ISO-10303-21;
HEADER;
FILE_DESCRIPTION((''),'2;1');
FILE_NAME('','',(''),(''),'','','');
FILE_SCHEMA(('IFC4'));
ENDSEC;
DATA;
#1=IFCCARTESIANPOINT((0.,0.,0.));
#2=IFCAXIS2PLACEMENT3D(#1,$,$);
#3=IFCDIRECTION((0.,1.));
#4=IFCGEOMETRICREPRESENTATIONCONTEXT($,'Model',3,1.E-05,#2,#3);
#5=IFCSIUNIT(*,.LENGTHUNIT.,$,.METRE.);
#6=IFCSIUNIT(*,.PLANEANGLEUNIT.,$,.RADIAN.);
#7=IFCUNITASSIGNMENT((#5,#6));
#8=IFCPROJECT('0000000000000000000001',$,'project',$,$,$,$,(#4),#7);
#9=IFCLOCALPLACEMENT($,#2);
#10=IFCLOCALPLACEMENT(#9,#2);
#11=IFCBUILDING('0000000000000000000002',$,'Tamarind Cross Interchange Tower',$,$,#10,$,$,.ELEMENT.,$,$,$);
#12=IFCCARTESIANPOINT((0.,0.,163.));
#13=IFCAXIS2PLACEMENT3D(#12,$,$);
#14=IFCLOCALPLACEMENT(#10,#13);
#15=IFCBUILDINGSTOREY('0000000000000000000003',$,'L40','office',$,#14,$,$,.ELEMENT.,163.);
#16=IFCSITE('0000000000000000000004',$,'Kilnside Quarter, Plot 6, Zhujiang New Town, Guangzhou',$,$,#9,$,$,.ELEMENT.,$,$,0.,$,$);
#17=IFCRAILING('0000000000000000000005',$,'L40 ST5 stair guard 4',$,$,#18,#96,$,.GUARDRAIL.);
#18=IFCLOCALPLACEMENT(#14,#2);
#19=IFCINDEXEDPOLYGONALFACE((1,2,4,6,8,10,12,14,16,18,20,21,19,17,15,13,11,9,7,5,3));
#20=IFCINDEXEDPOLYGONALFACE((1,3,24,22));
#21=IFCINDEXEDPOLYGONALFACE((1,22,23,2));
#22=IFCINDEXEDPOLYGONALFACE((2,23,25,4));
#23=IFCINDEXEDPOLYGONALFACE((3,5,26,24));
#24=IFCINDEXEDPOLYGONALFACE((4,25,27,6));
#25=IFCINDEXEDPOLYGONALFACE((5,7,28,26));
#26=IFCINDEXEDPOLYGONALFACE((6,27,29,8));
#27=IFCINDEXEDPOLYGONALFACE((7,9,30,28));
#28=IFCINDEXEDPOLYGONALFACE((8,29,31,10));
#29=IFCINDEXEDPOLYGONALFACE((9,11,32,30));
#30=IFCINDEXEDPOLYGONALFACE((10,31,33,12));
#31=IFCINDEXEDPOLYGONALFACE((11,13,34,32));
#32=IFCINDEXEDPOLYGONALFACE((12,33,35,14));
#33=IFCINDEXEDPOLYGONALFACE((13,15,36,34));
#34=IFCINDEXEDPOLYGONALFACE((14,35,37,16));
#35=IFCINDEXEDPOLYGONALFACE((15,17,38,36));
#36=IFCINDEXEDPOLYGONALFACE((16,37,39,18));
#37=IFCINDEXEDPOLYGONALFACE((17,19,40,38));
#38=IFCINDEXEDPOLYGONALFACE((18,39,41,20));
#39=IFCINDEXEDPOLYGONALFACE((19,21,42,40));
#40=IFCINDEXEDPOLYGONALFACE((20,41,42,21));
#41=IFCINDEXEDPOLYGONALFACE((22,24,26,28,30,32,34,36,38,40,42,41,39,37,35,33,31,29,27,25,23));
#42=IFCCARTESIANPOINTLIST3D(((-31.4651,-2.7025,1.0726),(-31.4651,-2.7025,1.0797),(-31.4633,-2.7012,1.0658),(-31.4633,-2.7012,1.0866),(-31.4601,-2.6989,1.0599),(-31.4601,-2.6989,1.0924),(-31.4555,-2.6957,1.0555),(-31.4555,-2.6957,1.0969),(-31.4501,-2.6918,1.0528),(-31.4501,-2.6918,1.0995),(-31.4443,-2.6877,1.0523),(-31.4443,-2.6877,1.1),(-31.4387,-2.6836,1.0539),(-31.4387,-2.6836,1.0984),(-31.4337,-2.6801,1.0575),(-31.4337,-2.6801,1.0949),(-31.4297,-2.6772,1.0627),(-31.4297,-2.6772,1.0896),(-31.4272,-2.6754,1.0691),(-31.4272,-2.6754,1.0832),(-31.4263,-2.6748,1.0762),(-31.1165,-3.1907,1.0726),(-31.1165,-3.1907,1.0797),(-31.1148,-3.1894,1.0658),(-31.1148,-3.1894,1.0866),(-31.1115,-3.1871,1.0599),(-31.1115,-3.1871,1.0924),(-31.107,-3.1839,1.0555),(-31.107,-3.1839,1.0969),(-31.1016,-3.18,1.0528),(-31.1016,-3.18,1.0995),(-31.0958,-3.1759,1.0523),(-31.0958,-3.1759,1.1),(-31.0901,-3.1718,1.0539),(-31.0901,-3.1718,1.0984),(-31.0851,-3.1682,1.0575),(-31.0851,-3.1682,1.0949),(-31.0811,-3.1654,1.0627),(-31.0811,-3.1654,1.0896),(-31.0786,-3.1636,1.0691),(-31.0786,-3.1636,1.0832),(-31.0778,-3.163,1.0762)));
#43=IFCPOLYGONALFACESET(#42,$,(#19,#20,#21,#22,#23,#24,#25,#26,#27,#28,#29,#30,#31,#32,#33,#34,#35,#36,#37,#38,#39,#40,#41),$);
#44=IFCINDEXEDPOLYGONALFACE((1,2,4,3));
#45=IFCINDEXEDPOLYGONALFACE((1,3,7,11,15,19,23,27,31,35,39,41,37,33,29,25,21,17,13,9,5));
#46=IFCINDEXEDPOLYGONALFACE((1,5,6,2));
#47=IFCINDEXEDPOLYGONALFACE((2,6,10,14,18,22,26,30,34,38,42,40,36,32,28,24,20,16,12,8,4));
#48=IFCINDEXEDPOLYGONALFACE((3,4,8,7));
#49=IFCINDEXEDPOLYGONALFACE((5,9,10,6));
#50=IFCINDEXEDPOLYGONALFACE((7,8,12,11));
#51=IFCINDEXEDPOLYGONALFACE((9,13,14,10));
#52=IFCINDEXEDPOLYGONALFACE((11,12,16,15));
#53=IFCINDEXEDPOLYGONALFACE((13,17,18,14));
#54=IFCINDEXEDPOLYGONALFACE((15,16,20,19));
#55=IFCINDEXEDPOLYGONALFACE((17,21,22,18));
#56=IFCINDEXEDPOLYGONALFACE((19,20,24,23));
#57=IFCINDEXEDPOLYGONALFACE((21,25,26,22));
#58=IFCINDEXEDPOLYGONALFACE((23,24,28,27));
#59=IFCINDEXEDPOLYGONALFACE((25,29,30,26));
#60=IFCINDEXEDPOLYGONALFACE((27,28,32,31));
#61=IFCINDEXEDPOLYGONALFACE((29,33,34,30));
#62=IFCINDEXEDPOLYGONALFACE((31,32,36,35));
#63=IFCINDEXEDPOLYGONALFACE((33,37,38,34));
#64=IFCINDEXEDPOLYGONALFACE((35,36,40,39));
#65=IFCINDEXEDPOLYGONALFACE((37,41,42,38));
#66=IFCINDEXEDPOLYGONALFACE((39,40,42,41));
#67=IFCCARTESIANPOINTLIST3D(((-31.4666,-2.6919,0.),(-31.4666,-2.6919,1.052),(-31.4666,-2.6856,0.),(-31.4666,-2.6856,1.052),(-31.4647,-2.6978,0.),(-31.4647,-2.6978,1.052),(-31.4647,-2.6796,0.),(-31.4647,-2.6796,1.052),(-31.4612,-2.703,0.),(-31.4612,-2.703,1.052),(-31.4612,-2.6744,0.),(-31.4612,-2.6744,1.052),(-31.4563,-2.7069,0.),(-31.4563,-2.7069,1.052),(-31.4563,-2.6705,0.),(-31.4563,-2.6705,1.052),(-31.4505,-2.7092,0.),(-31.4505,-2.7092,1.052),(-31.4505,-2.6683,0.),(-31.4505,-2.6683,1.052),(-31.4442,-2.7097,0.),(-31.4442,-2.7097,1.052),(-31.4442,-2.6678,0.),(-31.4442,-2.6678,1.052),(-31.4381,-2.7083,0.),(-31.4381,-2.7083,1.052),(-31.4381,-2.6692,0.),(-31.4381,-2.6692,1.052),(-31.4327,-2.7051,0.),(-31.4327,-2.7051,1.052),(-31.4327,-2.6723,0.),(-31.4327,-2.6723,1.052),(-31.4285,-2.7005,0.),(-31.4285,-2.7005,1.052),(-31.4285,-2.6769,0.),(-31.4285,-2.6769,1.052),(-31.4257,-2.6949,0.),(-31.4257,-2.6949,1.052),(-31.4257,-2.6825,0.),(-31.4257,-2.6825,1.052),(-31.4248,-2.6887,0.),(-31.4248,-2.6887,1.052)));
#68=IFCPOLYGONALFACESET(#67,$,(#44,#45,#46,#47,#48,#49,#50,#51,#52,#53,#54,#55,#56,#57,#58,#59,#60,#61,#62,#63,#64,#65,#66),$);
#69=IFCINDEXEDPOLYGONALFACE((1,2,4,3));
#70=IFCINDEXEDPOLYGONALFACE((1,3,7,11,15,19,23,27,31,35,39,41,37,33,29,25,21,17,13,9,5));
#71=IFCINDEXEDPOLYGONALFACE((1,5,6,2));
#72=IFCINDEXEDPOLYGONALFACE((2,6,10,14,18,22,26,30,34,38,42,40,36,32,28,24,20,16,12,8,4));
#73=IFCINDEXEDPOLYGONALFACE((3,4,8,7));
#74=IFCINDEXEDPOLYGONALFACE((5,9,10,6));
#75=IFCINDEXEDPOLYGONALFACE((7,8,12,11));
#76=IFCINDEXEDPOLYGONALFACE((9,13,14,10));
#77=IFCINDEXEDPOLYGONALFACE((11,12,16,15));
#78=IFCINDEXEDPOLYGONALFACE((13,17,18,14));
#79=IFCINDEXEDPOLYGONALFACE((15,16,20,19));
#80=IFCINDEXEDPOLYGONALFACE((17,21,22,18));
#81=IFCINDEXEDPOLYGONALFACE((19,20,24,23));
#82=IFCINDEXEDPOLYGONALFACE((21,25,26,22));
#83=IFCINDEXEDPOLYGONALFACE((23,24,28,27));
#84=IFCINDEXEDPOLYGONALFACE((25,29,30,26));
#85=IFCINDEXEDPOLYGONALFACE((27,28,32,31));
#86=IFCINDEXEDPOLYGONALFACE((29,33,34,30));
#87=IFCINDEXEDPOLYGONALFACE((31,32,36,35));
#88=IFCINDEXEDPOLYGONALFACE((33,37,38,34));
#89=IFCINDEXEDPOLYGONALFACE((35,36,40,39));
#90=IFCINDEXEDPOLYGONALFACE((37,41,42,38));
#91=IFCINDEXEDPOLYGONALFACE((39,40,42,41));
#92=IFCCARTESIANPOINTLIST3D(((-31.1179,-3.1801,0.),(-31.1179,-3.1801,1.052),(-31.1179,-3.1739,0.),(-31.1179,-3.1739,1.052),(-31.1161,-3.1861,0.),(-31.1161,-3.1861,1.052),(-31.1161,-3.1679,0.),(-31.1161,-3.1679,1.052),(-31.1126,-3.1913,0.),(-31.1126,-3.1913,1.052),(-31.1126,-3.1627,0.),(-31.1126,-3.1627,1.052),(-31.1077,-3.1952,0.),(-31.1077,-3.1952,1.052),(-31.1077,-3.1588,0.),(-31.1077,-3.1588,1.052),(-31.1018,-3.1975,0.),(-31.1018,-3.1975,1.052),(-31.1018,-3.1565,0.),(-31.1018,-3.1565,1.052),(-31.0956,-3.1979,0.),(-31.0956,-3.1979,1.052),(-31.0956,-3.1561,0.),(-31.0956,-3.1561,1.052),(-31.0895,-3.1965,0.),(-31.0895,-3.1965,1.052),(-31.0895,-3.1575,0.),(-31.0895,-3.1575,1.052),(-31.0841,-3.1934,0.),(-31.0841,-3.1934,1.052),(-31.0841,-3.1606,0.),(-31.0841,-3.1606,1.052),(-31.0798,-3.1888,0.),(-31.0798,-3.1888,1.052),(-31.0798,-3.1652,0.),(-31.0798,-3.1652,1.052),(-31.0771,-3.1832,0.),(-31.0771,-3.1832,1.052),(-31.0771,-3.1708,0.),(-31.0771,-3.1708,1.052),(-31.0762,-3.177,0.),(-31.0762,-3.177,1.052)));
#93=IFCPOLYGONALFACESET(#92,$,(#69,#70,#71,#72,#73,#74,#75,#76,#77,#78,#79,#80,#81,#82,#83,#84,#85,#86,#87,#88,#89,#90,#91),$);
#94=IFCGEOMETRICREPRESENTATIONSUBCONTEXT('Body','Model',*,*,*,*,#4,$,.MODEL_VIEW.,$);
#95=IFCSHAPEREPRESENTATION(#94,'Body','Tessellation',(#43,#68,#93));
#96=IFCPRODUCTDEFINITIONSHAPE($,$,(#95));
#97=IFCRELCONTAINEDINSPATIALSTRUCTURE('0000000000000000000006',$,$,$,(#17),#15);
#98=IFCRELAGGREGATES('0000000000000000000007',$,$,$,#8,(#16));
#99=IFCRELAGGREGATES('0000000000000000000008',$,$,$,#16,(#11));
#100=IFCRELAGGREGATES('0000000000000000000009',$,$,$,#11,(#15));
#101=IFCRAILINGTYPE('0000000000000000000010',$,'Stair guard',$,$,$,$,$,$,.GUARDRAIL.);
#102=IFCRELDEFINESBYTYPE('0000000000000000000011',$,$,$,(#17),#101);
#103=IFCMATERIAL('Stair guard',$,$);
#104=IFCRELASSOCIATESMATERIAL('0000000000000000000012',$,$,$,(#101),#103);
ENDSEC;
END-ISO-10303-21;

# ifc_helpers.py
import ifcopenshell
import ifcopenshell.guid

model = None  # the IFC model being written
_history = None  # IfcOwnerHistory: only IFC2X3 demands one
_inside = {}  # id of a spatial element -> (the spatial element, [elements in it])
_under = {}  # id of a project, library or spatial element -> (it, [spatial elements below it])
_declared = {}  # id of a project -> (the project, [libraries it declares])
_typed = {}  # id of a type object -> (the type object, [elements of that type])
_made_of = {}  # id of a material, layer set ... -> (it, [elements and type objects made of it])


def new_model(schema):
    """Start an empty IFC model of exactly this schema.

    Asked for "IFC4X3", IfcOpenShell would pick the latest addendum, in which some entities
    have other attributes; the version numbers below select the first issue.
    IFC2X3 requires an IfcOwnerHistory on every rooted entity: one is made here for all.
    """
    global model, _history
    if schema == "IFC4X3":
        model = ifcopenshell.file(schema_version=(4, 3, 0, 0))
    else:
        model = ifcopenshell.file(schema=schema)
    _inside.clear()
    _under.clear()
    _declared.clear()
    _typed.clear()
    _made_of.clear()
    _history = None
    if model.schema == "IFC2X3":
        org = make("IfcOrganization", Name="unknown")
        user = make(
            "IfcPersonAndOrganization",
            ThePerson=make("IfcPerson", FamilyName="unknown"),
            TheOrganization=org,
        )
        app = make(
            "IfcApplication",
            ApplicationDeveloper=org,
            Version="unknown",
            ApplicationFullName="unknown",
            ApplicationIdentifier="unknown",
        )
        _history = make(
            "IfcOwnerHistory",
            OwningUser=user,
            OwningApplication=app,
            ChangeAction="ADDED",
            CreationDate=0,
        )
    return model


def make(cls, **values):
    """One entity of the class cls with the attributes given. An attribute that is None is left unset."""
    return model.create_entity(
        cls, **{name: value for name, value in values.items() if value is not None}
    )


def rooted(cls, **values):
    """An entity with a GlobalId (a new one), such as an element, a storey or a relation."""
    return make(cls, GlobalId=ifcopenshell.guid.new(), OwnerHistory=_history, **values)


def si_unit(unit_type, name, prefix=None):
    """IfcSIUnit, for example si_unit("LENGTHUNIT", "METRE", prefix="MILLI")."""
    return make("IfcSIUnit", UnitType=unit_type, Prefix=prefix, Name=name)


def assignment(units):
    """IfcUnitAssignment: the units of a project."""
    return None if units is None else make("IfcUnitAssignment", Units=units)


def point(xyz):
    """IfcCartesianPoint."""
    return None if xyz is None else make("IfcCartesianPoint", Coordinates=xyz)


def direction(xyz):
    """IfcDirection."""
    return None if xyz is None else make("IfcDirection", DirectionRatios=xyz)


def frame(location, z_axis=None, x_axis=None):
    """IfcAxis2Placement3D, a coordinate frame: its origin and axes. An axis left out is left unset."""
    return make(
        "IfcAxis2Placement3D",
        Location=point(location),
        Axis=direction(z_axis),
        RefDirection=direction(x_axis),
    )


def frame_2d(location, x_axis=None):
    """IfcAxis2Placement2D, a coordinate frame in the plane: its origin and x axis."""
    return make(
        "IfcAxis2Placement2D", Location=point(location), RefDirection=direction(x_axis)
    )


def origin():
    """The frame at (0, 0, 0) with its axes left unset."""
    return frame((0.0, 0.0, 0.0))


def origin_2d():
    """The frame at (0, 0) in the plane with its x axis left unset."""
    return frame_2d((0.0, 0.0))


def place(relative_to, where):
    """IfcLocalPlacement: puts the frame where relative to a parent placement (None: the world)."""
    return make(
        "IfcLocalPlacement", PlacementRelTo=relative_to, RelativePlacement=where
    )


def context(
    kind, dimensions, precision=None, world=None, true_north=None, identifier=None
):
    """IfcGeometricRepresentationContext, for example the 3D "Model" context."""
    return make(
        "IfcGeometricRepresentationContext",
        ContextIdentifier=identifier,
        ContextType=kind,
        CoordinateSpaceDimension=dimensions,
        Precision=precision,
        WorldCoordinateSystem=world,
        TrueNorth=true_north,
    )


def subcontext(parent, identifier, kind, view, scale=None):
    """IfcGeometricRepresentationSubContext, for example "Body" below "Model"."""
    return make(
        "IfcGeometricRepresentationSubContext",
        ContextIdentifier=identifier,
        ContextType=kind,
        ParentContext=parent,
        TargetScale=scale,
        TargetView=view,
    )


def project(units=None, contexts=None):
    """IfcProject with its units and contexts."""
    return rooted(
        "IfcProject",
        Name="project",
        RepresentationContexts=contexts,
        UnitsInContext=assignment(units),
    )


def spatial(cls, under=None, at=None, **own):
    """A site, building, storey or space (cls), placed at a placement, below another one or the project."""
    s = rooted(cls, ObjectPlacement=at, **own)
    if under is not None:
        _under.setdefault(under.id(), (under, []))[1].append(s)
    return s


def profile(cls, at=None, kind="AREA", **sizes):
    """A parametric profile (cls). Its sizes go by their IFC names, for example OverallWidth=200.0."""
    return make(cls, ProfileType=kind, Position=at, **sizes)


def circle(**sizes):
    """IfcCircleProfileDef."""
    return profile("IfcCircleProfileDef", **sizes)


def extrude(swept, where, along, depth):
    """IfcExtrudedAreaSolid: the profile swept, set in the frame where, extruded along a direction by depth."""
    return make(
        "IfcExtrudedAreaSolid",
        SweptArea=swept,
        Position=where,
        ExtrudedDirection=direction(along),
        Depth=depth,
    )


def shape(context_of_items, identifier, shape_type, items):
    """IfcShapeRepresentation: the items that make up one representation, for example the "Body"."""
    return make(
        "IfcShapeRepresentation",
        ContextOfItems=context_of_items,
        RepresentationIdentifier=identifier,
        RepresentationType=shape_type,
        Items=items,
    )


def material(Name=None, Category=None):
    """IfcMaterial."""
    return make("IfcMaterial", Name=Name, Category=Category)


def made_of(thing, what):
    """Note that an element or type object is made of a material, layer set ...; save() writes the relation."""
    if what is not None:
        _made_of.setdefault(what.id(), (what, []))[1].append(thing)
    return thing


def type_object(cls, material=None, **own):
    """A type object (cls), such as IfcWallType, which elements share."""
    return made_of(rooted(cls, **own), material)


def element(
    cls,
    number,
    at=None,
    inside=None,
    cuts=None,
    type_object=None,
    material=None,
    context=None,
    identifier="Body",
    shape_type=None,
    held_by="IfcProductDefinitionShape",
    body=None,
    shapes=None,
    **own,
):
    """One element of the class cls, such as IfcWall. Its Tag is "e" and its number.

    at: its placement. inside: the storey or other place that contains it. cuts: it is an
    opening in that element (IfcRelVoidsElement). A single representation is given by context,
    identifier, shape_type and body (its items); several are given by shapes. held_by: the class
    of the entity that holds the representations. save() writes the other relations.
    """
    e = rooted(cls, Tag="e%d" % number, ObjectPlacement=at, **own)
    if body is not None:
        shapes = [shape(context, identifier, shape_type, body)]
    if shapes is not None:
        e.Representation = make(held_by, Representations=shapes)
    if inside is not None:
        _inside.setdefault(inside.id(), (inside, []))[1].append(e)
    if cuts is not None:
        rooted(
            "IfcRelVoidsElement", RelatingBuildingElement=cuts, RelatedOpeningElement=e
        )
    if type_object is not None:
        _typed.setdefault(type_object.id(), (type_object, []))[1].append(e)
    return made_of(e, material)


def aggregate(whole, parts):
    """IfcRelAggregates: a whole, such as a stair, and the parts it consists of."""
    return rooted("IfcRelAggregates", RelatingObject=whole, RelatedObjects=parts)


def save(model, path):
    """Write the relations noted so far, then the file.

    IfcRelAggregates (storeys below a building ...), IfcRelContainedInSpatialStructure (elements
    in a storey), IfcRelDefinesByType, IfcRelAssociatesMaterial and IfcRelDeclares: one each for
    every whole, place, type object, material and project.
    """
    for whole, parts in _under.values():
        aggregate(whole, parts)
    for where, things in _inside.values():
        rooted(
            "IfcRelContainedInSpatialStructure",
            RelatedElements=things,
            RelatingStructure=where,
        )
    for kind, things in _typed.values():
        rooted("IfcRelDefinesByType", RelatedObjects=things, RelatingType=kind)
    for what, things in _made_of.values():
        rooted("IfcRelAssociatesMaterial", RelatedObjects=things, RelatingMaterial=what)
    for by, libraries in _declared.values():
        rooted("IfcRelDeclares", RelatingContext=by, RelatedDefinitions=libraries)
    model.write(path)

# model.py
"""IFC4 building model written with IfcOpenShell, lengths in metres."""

from ifc_helpers import new_model, si_unit, direction, frame, origin, origin_2d, place, context, subcontext, project, spatial, circle, extrude, material, type_object, element, save


model = new_model("IFC4")

# Units and contexts
model_context = context("Model", 3, precision=1e-05, world=origin(), true_north=direction((0.0, 1.0)))
body_context = subcontext(model_context, "Body", "Model", "MODEL_VIEW")
ifc_project = project(units=[si_unit("LENGTHUNIT", "METRE"), si_unit("PLANEANGLEUNIT", "RADIAN")], contexts=[model_context])

# Site, building, storey
site_placement = place(None, origin())
site = spatial("IfcSite", under=ifc_project, at=site_placement, Name="Kilnside Quarter, Plot 6, Zhujiang New Town, Guangzhou", CompositionType="ELEMENT", RefElevation=0.0)
building_placement = place(site_placement, origin())
building = spatial("IfcBuilding", under=site, at=building_placement, Name="Tamarind Cross Interchange Tower", CompositionType="ELEMENT")
storey_placement = place(building_placement, frame((0.0, 0.0, 163.0)))
storey = spatial("IfcBuildingStorey", under=building, at=storey_placement, Name="L40", Description="office", CompositionType="ELEMENT", Elevation=163.0)

# Railing
ifc_material_1 = material(Name="Stair guard")
railing_type = type_object("IfcRailingType", Name="Stair guard", PredefinedType="GUARDRAIL", material=ifc_material_1)
railing_1_placement = place(storey_placement, frame((-31.4458, -2.6887, 0.0)))
element("IfcRailing", 1, at=railing_1_placement, inside=storey, type_object=railing_type, Name="L40 ST5 stair guard 4", PredefinedType="GUARDRAIL", context=body_context, shape_type="SweptSolid", body=[
    extrude(circle(Radius=0.0239, at=origin_2d()), frame((0.0, 0.0, 1.0762), z_axis=(0.581084, -0.813843, 0.0), x_axis=(0.813843, 0.581084, 0.0)), (0.0, 0.0, 1.0), 0.5999),
    extrude(circle(Radius=0.021, at=origin_2d()), origin(), (0.0, 0.0, 1.0), 1.052),
    extrude(circle(Radius=0.021, at=origin_2d()), frame((0.3486, -0.4883, 0.0)), (0.0, 0.0, 1.0), 1.052),
])

save(model, "model.ifc")
